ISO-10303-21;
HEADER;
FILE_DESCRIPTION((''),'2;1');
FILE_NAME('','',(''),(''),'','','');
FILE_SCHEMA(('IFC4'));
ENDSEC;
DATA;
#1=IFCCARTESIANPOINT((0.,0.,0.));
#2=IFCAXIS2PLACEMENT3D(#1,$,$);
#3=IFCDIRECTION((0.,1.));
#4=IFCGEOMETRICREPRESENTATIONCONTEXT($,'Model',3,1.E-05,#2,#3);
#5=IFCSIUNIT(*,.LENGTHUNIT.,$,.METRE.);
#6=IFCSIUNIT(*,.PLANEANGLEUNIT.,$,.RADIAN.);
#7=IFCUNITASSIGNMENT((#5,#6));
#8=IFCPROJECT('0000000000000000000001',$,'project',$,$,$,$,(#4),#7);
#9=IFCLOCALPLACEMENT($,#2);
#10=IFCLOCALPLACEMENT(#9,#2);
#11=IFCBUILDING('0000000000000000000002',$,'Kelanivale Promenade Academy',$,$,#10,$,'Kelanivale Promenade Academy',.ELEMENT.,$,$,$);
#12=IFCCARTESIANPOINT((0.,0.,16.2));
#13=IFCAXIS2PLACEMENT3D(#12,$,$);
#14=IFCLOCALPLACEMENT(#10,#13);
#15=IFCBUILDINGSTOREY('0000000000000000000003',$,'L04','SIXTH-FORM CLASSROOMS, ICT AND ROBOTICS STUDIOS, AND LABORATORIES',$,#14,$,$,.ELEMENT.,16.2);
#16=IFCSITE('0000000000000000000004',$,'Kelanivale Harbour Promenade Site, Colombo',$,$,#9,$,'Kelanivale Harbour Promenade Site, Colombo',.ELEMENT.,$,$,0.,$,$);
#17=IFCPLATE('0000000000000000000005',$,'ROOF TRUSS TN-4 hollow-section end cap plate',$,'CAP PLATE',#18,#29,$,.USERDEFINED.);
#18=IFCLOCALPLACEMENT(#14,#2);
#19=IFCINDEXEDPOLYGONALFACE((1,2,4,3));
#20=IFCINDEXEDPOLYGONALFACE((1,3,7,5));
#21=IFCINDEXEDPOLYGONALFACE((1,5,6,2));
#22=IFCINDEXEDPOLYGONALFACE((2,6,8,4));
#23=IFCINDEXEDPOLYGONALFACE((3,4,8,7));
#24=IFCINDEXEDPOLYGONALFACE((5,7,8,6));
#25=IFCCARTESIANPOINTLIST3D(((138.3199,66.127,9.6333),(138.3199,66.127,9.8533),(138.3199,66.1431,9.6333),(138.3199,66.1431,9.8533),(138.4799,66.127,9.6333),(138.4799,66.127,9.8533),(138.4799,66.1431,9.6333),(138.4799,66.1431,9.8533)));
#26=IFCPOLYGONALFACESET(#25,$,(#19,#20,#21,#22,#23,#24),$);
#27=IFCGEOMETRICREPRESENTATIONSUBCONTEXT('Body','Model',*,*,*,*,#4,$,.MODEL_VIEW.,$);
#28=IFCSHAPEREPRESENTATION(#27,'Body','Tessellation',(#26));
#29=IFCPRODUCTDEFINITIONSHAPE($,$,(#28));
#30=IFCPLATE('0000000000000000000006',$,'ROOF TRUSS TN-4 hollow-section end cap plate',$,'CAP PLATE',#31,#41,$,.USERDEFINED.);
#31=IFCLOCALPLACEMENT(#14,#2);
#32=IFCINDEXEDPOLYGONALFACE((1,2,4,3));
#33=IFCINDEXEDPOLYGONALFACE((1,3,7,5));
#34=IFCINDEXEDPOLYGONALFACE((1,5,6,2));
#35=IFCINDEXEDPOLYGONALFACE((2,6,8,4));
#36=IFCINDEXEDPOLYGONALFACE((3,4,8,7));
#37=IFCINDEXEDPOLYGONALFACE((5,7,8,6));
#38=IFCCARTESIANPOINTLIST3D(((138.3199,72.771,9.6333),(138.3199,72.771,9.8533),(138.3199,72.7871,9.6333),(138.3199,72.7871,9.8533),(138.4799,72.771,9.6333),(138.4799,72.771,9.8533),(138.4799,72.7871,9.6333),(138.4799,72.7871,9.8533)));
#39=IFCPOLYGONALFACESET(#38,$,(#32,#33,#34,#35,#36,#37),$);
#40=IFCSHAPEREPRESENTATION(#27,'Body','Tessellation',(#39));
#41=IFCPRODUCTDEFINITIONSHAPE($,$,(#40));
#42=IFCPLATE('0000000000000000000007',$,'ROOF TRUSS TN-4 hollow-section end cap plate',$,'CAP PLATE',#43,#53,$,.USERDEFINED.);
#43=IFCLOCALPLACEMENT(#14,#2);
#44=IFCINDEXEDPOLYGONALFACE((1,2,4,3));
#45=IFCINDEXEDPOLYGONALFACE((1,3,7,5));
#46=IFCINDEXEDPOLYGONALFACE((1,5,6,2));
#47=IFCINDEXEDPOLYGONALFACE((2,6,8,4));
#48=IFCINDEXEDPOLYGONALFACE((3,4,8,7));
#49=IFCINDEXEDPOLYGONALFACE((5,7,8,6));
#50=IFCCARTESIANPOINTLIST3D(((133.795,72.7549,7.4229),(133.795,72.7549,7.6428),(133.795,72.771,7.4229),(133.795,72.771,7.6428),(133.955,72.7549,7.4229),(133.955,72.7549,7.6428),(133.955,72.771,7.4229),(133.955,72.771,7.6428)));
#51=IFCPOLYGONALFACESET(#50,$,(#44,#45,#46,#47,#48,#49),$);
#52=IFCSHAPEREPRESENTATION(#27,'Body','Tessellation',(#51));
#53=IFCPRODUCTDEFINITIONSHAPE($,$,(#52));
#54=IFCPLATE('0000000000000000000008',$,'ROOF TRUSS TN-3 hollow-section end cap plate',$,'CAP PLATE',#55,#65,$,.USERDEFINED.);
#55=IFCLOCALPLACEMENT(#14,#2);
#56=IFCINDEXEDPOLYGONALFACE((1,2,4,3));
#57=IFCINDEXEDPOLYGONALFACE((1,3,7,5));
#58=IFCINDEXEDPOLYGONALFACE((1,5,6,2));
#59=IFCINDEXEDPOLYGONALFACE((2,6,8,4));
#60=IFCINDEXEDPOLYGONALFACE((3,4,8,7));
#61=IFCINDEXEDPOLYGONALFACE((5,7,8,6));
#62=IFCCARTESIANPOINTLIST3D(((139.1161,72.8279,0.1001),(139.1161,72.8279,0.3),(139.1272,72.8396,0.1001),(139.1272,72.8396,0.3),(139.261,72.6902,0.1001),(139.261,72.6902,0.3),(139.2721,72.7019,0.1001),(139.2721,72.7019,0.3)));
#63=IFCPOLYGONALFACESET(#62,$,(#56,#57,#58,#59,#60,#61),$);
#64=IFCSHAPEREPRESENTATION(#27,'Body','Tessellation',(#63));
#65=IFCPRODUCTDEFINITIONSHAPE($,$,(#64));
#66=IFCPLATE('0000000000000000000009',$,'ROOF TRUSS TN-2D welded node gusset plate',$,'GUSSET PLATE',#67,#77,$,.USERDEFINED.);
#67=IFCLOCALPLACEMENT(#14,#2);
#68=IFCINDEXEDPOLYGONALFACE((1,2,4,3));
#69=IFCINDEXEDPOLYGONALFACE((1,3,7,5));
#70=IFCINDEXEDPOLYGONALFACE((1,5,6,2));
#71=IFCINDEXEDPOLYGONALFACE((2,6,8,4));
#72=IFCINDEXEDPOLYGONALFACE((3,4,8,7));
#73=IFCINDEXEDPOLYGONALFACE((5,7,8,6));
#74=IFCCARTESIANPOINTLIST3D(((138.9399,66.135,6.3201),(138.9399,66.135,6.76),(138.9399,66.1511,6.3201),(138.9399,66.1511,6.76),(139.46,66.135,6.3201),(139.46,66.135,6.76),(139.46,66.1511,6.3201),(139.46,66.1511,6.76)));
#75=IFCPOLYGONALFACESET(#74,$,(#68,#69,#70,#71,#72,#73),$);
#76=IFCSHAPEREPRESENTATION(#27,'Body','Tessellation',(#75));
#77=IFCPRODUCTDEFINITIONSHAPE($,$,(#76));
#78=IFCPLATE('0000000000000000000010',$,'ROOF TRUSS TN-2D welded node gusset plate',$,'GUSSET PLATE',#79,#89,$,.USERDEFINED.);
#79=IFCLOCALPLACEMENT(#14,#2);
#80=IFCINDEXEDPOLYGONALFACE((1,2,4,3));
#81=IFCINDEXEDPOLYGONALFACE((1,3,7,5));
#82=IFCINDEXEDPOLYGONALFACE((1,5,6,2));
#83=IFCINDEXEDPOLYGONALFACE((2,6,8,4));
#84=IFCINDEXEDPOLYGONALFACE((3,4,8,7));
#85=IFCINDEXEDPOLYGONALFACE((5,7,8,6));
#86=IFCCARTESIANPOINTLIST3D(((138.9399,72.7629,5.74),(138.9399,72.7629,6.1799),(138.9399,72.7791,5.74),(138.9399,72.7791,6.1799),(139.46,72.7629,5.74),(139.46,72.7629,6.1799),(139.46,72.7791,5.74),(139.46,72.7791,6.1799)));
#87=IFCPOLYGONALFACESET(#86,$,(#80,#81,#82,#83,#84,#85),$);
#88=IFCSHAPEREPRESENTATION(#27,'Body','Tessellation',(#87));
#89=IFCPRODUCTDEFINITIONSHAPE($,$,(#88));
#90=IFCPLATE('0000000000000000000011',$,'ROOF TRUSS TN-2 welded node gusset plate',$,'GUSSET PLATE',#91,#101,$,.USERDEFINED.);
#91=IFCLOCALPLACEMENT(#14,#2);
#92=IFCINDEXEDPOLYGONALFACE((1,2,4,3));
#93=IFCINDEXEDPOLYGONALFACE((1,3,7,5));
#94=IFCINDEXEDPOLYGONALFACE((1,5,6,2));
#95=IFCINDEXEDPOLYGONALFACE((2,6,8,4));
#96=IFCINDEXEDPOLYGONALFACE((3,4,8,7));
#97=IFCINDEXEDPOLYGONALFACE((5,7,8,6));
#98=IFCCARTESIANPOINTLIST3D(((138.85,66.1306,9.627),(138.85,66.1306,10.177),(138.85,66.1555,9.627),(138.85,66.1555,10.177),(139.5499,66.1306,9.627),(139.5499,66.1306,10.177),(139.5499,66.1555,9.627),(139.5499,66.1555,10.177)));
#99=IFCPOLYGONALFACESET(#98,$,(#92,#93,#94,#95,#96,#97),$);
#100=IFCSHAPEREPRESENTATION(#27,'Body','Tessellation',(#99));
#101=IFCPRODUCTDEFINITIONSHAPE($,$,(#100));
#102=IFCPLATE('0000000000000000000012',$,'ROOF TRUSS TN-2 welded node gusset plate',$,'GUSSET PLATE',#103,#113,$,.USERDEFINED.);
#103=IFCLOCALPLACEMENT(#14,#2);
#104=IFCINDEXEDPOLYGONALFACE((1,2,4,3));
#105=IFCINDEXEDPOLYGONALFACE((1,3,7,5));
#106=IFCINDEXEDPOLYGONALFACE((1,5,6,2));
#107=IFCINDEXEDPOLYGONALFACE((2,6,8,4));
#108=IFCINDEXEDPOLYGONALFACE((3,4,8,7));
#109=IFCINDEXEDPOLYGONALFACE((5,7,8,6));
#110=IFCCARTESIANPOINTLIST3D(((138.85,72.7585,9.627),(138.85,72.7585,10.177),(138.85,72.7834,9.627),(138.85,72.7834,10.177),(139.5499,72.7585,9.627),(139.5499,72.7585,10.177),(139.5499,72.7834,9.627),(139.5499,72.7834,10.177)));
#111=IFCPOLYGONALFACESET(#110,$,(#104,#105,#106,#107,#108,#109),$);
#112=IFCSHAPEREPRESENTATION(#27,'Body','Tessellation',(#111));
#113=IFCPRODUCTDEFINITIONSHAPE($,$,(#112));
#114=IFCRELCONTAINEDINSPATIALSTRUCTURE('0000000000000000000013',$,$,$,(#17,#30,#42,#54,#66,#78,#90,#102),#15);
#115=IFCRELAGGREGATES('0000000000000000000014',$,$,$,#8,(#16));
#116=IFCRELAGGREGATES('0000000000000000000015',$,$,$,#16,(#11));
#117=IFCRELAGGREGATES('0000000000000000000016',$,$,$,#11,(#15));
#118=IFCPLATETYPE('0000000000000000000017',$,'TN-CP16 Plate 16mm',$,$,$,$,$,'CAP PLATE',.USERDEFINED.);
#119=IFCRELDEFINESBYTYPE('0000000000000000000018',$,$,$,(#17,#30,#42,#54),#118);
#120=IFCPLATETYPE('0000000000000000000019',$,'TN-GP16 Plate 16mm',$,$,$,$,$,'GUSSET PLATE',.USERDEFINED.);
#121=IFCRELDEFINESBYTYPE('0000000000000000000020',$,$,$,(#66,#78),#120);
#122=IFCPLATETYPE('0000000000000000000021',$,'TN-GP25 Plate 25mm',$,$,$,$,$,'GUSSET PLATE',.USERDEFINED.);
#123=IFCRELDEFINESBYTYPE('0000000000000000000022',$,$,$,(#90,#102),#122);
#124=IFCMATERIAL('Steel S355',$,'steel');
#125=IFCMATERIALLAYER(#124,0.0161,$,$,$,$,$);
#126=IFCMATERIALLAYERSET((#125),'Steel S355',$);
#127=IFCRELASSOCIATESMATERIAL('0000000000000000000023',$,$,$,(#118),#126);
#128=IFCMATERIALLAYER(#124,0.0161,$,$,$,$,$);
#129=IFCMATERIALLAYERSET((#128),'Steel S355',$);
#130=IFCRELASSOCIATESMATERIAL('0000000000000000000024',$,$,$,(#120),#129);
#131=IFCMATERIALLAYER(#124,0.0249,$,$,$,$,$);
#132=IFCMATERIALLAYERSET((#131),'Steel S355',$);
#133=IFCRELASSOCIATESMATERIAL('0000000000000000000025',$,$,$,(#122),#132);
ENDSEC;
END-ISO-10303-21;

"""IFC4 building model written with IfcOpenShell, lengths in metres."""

from ifc_helpers import new_model, si_unit, direction, frame, origin, origin_2d, place, context, subcontext, project, spatial, rectangle, extrude, material, layer, layer_set, type_object, element, save


model = new_model("IFC4")

# Units and contexts
model_context = context("Model", 3, precision=1e-05, world=origin(), true_north=direction((0.0, 1.0)))
body_context = subcontext(model_context, "Body", "Model", "MODEL_VIEW")
ifc_project = project(units=[si_unit("LENGTHUNIT", "METRE"), si_unit("PLANEANGLEUNIT", "RADIAN")], contexts=[model_context])

# Site, building, storey
site_placement = place(None, origin())
site = spatial("IfcSite", under=ifc_project, at=site_placement, Name="Kelanivale Harbour Promenade Site, Colombo", LongName="Kelanivale Harbour Promenade Site, Colombo", CompositionType="ELEMENT", RefElevation=0.0)
building_placement = place(site_placement, origin())
building = spatial("IfcBuilding", under=site, at=building_placement, Name="Kelanivale Promenade Academy", LongName="Kelanivale Promenade Academy", CompositionType="ELEMENT")
storey_placement = place(building_placement, frame((0.0, 0.0, 16.2)))
storey = spatial("IfcBuildingStorey", under=building, at=storey_placement, Name="L04", Description="SIXTH-FORM CLASSROOMS, ICT AND ROBOTICS STUDIOS, AND LABORATORIES", CompositionType="ELEMENT", Elevation=16.2)

# Shared definitions
ifc_material_1 = material(Name="Steel S355", Category="steel")

# Plates
ifc_layer_1 = layer(ifc_material_1, 0.0161)
ifc_layer_set_1 = layer_set([ifc_layer_1], Name="Steel S355")
plate_type_1 = type_object("IfcPlateType", Name="TN-CP16 Plate 16mm", ElementType="CAP PLATE", PredefinedType="USERDEFINED", material=ifc_layer_set_1)
for number, where, z_axis, x_axis, name in (
    (1, (138.3999, 66.135, 9.6333), (0.0, 0.0, 1.0), (0.0, -1.0, 0.0), "ROOF TRUSS TN-4 hollow-section end cap plate"),
    (2, (138.3999, 72.7791, 9.6333), (0.0, 0.0, 1.0), (0.0, 1.0, 0.0), "ROOF TRUSS TN-4 hollow-section end cap plate"),
    (3, (133.875, 72.7629, 7.4229), (0.0, 0.0, 1.0), (0.0, -1.0, 0.0), "ROOF TRUSS TN-4 hollow-section end cap plate"),
):
    element("IfcPlate", number, at=place(storey_placement, frame(where, z_axis=z_axis, x_axis=x_axis)), inside=storey, type_object=plate_type_1, Name=name, ObjectType="CAP PLATE", PredefinedType="USERDEFINED", context=body_context, shape_type="SweptSolid", body=[
        extrude(rectangle(XDim=0.0161, YDim=0.1599, at=origin_2d()), origin(), (0.0, 0.0, 1.0), 0.22),
    ])
plate_placement = place(storey_placement, frame((139.1941, 72.7649, 0.1001), z_axis=(0.0, 0.0, 1.0), x_axis=(-0.688734, -0.725014, 0.0)))
element("IfcPlate", 4, at=plate_placement, inside=storey, type_object=plate_type_1, Name="ROOF TRUSS TN-3 hollow-section end cap plate", ObjectType="CAP PLATE", PredefinedType="USERDEFINED", context=body_context, shape_type="SweptSolid", body=[
    extrude(rectangle(XDim=0.0161, YDim=0.2, at=origin_2d()), origin(), (0.0, 0.0, 1.0), 0.2),
])
ifc_layer_2 = layer(ifc_material_1, 0.0161)
ifc_layer_set_2 = layer_set([ifc_layer_2], Name="Steel S355")
plate_type_2 = type_object("IfcPlateType", Name="TN-GP16 Plate 16mm", ElementType="GUSSET PLATE", PredefinedType="USERDEFINED", material=ifc_layer_set_2)
for number, where, z_axis, x_axis, name in (
    (5, (139.2, 66.1431, 6.3201), (0.0, 0.0, 1.0), (1.0, 0.0, 0.0), "ROOF TRUSS TN-2D welded node gusset plate"),
    (6, (139.2, 72.771, 5.74), (0.0, 0.0, 1.0), (1.0, 0.0, 0.0), "ROOF TRUSS TN-2D welded node gusset plate"),
):
    element("IfcPlate", number, at=place(storey_placement, frame(where, z_axis=z_axis, x_axis=x_axis)), inside=storey, type_object=plate_type_2, Name=name, ObjectType="GUSSET PLATE", PredefinedType="USERDEFINED", context=body_context, shape_type="SweptSolid", body=[
        extrude(rectangle(XDim=0.52, YDim=0.0161, at=origin_2d()), origin(), (0.0, 0.0, 1.0), 0.4399),
    ])
ifc_layer_3 = layer(ifc_material_1, 0.0249)
ifc_layer_set_3 = layer_set([ifc_layer_3], Name="Steel S355")
plate_type_3 = type_object("IfcPlateType", Name="TN-GP25 Plate 25mm", ElementType="GUSSET PLATE", PredefinedType="USERDEFINED", material=ifc_layer_set_3)
for number, where, z_axis, x_axis, name in (
    (7, (139.2, 66.1431, 9.627), (0.0, 0.0, 1.0), (1.0, 0.0, 0.0), "ROOF TRUSS TN-2 welded node gusset plate"),
    (8, (139.2, 72.771, 9.627), (0.0, 0.0, 1.0), (1.0, 0.0, 0.0), "ROOF TRUSS TN-2 welded node gusset plate"),
):
    element("IfcPlate", number, at=place(storey_placement, frame(where, z_axis=z_axis, x_axis=x_axis)), inside=storey, type_object=plate_type_3, Name=name, ObjectType="GUSSET PLATE", PredefinedType="USERDEFINED", context=body_context, shape_type="SweptSolid", body=[
        extrude(rectangle(XDim=0.7, YDim=0.0249, at=origin_2d()), origin(), (0.0, 0.0, 1.0), 0.55),
    ])

save(model, "model.ifc")
